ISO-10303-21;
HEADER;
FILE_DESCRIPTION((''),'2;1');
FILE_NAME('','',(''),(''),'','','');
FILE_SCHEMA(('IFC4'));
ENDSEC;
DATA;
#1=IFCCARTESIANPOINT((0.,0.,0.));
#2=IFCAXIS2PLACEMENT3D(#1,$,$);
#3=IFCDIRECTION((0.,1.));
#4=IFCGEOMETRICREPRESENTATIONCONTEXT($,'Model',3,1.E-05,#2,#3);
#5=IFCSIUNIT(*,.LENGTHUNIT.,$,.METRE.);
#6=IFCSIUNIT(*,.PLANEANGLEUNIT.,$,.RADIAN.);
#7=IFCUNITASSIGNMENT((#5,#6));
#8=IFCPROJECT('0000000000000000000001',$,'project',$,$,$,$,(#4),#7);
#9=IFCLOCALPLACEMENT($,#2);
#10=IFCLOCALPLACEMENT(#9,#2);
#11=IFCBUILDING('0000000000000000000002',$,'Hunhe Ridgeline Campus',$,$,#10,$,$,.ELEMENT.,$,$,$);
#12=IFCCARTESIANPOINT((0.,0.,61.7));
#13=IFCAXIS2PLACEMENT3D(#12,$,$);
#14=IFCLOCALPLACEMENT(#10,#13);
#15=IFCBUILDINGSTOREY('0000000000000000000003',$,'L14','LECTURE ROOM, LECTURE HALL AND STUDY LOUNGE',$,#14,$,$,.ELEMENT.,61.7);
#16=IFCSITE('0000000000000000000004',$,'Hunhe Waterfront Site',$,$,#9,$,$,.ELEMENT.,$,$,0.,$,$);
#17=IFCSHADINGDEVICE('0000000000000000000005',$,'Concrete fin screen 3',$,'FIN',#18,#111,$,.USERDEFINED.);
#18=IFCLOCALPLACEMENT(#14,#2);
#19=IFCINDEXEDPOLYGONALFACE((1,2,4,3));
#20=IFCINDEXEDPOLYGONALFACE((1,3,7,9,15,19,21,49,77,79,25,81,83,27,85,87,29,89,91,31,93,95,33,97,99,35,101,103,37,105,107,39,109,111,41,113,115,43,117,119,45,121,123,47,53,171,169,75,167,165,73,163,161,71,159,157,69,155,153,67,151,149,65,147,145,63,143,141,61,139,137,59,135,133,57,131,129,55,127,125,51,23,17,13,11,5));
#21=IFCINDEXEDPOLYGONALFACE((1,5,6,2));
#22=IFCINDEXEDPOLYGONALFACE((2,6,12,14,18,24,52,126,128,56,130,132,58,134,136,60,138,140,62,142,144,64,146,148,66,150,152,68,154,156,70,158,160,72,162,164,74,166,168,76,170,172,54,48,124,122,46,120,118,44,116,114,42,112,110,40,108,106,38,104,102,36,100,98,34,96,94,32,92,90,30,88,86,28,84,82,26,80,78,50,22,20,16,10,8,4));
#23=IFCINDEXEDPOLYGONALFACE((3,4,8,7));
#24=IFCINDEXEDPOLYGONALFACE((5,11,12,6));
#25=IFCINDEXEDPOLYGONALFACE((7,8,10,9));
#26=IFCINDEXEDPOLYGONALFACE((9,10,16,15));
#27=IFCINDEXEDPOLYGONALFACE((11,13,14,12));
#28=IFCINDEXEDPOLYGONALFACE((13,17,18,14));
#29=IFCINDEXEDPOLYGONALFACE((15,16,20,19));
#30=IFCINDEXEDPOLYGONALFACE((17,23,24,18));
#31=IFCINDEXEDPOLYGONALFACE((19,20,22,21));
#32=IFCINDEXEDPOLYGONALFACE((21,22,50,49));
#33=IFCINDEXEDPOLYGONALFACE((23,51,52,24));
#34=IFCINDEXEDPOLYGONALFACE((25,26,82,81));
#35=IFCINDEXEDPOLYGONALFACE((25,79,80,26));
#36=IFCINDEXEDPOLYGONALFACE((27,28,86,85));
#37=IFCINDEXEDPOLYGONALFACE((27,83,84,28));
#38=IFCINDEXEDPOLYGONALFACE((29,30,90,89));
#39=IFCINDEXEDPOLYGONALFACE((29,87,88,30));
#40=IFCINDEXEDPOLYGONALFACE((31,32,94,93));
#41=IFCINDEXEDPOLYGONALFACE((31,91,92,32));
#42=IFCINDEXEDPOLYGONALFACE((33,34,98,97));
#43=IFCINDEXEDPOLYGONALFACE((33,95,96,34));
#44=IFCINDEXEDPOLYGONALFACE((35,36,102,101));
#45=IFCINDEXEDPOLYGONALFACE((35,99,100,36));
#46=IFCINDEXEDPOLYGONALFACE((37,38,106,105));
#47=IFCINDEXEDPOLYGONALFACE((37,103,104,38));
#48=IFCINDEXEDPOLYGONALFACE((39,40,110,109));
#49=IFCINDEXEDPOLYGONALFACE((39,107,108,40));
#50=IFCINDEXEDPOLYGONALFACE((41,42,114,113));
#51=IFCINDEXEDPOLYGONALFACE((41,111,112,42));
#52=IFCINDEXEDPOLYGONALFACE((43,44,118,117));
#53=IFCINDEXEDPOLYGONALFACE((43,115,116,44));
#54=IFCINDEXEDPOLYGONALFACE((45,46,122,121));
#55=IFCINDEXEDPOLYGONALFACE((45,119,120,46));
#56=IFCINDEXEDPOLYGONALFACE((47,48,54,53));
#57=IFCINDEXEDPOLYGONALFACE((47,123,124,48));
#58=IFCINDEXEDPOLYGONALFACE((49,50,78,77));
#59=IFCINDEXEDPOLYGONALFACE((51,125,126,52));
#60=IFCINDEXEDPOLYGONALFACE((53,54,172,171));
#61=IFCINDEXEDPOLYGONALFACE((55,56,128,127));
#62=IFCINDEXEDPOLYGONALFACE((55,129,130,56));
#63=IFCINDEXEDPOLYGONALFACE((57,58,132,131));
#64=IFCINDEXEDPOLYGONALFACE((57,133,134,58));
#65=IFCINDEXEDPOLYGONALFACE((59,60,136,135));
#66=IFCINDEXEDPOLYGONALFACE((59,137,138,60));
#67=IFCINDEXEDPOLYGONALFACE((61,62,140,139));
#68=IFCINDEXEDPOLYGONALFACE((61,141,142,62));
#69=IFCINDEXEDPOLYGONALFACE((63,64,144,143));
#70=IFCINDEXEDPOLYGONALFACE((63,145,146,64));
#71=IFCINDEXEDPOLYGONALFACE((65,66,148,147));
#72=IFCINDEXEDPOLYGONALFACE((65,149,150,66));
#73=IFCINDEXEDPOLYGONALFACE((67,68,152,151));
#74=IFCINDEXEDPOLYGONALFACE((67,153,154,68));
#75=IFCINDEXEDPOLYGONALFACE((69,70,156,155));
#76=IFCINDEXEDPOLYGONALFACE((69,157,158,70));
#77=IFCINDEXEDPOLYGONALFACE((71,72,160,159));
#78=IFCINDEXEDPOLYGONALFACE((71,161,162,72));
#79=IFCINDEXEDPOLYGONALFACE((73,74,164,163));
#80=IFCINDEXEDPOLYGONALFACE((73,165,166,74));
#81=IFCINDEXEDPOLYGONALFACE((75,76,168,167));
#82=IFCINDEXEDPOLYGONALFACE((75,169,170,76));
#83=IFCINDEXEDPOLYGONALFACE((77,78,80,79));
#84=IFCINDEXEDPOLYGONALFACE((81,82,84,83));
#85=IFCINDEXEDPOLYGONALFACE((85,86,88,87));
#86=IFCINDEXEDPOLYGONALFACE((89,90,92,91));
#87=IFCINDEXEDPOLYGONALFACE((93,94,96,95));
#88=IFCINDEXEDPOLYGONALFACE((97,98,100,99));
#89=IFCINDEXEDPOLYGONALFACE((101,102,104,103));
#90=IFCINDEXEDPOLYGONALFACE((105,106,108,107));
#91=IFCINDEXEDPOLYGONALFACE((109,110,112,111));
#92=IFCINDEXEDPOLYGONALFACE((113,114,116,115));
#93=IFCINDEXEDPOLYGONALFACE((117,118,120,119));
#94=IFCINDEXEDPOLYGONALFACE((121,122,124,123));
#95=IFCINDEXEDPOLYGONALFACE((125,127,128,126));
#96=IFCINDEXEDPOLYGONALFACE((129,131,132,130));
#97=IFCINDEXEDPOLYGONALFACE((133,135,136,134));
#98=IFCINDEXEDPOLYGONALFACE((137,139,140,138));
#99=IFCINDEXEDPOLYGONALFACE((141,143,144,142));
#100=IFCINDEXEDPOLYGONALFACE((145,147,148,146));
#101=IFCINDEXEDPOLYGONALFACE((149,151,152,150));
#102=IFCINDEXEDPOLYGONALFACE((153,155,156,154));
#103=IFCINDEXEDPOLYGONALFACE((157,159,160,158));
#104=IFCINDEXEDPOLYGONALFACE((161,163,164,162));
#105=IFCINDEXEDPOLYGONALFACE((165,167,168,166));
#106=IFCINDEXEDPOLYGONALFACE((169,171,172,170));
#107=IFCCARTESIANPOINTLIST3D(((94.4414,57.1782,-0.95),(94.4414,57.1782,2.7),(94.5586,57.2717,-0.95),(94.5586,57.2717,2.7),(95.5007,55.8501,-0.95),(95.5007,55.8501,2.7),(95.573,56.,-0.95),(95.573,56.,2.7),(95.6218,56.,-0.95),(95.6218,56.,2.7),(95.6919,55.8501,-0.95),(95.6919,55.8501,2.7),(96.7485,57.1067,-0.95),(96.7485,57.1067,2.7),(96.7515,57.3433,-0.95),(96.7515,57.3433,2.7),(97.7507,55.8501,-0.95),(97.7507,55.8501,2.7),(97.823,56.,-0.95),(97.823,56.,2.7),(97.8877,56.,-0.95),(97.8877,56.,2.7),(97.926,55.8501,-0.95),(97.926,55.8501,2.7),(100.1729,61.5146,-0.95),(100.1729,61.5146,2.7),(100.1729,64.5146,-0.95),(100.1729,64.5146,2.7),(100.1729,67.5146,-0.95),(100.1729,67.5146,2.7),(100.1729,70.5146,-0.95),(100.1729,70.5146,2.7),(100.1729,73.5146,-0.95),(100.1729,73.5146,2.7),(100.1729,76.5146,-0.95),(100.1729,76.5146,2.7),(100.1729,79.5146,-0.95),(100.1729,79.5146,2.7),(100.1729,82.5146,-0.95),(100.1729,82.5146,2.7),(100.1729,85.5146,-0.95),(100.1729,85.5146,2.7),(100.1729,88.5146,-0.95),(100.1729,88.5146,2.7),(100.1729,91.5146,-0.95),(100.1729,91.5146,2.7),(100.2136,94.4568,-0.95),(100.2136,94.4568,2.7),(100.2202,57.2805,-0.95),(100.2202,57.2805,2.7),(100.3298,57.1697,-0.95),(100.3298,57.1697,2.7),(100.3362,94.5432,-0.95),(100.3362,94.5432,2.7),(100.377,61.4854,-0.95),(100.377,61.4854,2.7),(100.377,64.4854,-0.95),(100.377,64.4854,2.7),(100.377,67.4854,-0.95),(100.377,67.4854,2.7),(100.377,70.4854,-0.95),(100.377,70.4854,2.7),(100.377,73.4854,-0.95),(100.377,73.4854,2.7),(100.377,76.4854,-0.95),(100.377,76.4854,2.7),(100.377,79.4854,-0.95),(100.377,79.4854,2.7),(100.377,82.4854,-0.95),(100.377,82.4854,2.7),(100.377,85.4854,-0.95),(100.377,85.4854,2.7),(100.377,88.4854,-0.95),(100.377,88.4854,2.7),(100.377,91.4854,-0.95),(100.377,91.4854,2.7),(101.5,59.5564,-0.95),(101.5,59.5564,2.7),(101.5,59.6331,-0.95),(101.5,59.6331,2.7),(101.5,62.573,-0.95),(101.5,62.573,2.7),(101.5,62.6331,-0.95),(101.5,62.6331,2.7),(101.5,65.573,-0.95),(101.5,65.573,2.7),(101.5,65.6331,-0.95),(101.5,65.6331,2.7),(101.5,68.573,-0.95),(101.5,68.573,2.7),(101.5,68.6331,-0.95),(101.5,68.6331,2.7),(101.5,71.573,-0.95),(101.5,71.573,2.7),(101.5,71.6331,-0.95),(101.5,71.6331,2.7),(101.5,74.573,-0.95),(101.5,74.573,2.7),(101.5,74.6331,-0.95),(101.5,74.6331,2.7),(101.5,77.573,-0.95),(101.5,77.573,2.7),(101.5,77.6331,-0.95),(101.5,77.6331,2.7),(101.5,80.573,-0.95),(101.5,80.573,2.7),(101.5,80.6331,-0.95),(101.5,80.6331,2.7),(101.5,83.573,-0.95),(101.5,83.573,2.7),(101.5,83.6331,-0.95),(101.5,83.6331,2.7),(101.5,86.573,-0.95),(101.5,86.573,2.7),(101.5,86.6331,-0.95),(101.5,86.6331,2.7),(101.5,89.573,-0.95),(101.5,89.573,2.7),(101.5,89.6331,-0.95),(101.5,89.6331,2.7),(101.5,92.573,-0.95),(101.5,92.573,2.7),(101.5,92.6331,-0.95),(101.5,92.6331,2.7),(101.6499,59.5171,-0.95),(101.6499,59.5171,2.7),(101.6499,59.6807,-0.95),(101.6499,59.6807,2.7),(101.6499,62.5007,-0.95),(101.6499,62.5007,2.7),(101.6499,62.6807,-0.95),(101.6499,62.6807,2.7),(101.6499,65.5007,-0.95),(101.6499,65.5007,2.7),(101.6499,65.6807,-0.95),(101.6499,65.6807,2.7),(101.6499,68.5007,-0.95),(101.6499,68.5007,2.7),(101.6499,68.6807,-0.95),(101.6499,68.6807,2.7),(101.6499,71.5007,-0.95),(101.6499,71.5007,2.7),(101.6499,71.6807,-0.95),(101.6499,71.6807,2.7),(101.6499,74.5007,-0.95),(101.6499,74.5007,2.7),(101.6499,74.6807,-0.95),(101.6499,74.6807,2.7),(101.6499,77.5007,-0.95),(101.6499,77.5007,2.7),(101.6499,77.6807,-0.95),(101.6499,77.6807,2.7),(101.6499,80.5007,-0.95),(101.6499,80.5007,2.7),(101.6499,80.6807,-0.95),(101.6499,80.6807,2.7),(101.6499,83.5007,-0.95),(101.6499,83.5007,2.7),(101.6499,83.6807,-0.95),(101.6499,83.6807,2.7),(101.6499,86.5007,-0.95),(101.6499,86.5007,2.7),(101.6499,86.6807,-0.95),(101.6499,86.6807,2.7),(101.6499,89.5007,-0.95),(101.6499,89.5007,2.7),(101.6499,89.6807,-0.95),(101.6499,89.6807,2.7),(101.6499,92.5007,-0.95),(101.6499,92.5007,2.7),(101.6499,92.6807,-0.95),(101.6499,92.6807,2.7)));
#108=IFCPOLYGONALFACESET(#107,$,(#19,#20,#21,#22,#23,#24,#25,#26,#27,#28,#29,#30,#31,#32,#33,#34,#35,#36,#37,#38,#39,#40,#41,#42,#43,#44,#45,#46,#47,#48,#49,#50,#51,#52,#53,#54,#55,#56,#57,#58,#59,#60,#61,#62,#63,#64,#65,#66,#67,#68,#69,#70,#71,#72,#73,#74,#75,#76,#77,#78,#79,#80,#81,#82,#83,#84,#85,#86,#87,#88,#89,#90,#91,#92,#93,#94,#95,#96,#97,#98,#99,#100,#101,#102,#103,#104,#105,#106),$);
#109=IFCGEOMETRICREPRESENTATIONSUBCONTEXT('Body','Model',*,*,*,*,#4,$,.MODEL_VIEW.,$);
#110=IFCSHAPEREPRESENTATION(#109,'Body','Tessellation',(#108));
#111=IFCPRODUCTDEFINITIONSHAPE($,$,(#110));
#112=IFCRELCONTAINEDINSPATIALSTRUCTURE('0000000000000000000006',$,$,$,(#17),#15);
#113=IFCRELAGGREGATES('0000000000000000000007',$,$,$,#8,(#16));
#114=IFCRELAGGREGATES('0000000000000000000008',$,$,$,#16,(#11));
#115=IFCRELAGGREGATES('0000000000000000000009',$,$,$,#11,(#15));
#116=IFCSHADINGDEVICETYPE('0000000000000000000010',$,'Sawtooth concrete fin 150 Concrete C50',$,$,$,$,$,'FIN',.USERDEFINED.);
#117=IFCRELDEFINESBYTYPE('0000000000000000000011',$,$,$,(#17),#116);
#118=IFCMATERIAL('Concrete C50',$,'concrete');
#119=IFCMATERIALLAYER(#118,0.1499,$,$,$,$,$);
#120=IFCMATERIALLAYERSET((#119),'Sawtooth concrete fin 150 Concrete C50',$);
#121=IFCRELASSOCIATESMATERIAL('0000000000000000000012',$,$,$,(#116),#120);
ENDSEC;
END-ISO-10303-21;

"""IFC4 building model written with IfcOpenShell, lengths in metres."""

from ifc_helpers import new_model, si_unit, direction, frame, origin, place, context, subcontext, project, spatial, polyline, outline, extrude, material, layer, layer_set, type_object, element, save


model = new_model("IFC4")

# Units and contexts
model_context = context("Model", 3, precision=1e-05, world=origin(), true_north=direction((0.0, 1.0)))
body_context = subcontext(model_context, "Body", "Model", "MODEL_VIEW")
ifc_project = project(units=[si_unit("LENGTHUNIT", "METRE"), si_unit("PLANEANGLEUNIT", "RADIAN")], contexts=[model_context])

# Site, building, storey
site_placement = place(None, origin())
site = spatial("IfcSite", under=ifc_project, at=site_placement, Name="Hunhe Waterfront Site", CompositionType="ELEMENT", RefElevation=0.0)
building_placement = place(site_placement, origin())
building = spatial("IfcBuilding", under=site, at=building_placement, Name="Hunhe Ridgeline Campus", CompositionType="ELEMENT")
storey_placement = place(building_placement, frame((0.0, 0.0, 61.7)))
storey = spatial("IfcBuildingStorey", under=building, at=storey_placement, Name="L14", Description="LECTURE ROOM, LECTURE HALL AND STUDY LOUNGE", CompositionType="ELEMENT", Elevation=61.7)

# Shading device
ifc_material_1 = material(Name="Concrete C50", Category="concrete")
ifc_layer_1 = layer(ifc_material_1, 0.1499)
ifc_layer_set_1 = layer_set([ifc_layer_1], Name="Sawtooth concrete fin 150 Concrete C50")
shading_device_type = type_object("IfcShadingDeviceType", Name="Sawtooth concrete fin 150 Concrete C50", ElementType="FIN", PredefinedType="USERDEFINED", material=ifc_layer_set_1)
shading_device_1_placement = place(storey_placement, frame((0.0, 0.0, -0.95)))
element("IfcShadingDevice", 1, at=shading_device_1_placement, inside=storey, type_object=shading_device_type, Name="Concrete fin screen 3", ObjectType="FIN", PredefinedType="USERDEFINED", context=body_context, shape_type="SweptSolid", body=[
    extrude(outline(polyline([(94.5586, 57.2717), (94.4414, 57.1782), (95.5007, 55.8501), (95.6919, 55.8501), (96.7485, 57.1067), (97.7507, 55.8501), (97.926, 55.8501), (100.3298, 57.1697), (101.6499, 59.5171), (101.6499, 59.6807), (100.377, 61.4854), (101.6499, 62.5007), (101.6499, 62.6807), (100.377, 64.4854), (101.6499, 65.5007), (101.6499, 65.6807), (100.377, 67.4854), (101.6499, 68.5007), (101.6499, 68.6807), (100.377, 70.4854), (101.6499, 71.5007), (101.6499, 71.6807), (100.377, 73.4854), (101.6499, 74.5007), (101.6499, 74.6807), (100.377, 76.4854), (101.6499, 77.5007), (101.6499, 77.6807), (100.377, 79.4854), (101.6499, 80.5007), (101.6499, 80.6807), (100.377, 82.4854), (101.6499, 83.5007), (101.6499, 83.6807), (100.377, 85.4854), (101.6499, 86.5007), (101.6499, 86.6807), (100.377, 88.4854), (101.6499, 89.5007), (101.6499, 89.6807), (100.377, 91.4854), (101.6499, 92.5007), (101.6499, 92.6807), (100.3362, 94.5432), (100.2136, 94.4568), (101.5, 92.6331), (101.5, 92.573), (100.1729, 91.5146), (101.5, 89.6331), (101.5, 89.573), (100.1729, 88.5146), (101.5, 86.6331), (101.5, 86.573), (100.1729, 85.5146), (101.5, 83.6331), (101.5, 83.573), (100.1729, 82.5146), (101.5, 80.6331), (101.5, 80.573), (100.1729, 79.5146), (101.5, 77.6331), (101.5, 77.573), (100.1729, 76.5146), (101.5, 74.6331), (101.5, 74.573), (100.1729, 73.5146), (101.5, 71.6331), (101.5, 71.573), (100.1729, 70.5146), (101.5, 68.6331), (101.5, 68.573), (100.1729, 67.5146), (101.5, 65.6331), (101.5, 65.573), (100.1729, 64.5146), (101.5, 62.6331), (101.5, 62.573), (100.1729, 61.5146), (101.5, 59.6331), (101.5, 59.5564), (100.2202, 57.2805), (97.8877, 56.0), (97.823, 56.0), (96.7515, 57.3433), (95.6218, 56.0), (95.573, 56.0), (94.5586, 57.2717)])), origin(), (0.0, 0.0, 1.0), 3.6499),
])

save(model, "model.ifc")
